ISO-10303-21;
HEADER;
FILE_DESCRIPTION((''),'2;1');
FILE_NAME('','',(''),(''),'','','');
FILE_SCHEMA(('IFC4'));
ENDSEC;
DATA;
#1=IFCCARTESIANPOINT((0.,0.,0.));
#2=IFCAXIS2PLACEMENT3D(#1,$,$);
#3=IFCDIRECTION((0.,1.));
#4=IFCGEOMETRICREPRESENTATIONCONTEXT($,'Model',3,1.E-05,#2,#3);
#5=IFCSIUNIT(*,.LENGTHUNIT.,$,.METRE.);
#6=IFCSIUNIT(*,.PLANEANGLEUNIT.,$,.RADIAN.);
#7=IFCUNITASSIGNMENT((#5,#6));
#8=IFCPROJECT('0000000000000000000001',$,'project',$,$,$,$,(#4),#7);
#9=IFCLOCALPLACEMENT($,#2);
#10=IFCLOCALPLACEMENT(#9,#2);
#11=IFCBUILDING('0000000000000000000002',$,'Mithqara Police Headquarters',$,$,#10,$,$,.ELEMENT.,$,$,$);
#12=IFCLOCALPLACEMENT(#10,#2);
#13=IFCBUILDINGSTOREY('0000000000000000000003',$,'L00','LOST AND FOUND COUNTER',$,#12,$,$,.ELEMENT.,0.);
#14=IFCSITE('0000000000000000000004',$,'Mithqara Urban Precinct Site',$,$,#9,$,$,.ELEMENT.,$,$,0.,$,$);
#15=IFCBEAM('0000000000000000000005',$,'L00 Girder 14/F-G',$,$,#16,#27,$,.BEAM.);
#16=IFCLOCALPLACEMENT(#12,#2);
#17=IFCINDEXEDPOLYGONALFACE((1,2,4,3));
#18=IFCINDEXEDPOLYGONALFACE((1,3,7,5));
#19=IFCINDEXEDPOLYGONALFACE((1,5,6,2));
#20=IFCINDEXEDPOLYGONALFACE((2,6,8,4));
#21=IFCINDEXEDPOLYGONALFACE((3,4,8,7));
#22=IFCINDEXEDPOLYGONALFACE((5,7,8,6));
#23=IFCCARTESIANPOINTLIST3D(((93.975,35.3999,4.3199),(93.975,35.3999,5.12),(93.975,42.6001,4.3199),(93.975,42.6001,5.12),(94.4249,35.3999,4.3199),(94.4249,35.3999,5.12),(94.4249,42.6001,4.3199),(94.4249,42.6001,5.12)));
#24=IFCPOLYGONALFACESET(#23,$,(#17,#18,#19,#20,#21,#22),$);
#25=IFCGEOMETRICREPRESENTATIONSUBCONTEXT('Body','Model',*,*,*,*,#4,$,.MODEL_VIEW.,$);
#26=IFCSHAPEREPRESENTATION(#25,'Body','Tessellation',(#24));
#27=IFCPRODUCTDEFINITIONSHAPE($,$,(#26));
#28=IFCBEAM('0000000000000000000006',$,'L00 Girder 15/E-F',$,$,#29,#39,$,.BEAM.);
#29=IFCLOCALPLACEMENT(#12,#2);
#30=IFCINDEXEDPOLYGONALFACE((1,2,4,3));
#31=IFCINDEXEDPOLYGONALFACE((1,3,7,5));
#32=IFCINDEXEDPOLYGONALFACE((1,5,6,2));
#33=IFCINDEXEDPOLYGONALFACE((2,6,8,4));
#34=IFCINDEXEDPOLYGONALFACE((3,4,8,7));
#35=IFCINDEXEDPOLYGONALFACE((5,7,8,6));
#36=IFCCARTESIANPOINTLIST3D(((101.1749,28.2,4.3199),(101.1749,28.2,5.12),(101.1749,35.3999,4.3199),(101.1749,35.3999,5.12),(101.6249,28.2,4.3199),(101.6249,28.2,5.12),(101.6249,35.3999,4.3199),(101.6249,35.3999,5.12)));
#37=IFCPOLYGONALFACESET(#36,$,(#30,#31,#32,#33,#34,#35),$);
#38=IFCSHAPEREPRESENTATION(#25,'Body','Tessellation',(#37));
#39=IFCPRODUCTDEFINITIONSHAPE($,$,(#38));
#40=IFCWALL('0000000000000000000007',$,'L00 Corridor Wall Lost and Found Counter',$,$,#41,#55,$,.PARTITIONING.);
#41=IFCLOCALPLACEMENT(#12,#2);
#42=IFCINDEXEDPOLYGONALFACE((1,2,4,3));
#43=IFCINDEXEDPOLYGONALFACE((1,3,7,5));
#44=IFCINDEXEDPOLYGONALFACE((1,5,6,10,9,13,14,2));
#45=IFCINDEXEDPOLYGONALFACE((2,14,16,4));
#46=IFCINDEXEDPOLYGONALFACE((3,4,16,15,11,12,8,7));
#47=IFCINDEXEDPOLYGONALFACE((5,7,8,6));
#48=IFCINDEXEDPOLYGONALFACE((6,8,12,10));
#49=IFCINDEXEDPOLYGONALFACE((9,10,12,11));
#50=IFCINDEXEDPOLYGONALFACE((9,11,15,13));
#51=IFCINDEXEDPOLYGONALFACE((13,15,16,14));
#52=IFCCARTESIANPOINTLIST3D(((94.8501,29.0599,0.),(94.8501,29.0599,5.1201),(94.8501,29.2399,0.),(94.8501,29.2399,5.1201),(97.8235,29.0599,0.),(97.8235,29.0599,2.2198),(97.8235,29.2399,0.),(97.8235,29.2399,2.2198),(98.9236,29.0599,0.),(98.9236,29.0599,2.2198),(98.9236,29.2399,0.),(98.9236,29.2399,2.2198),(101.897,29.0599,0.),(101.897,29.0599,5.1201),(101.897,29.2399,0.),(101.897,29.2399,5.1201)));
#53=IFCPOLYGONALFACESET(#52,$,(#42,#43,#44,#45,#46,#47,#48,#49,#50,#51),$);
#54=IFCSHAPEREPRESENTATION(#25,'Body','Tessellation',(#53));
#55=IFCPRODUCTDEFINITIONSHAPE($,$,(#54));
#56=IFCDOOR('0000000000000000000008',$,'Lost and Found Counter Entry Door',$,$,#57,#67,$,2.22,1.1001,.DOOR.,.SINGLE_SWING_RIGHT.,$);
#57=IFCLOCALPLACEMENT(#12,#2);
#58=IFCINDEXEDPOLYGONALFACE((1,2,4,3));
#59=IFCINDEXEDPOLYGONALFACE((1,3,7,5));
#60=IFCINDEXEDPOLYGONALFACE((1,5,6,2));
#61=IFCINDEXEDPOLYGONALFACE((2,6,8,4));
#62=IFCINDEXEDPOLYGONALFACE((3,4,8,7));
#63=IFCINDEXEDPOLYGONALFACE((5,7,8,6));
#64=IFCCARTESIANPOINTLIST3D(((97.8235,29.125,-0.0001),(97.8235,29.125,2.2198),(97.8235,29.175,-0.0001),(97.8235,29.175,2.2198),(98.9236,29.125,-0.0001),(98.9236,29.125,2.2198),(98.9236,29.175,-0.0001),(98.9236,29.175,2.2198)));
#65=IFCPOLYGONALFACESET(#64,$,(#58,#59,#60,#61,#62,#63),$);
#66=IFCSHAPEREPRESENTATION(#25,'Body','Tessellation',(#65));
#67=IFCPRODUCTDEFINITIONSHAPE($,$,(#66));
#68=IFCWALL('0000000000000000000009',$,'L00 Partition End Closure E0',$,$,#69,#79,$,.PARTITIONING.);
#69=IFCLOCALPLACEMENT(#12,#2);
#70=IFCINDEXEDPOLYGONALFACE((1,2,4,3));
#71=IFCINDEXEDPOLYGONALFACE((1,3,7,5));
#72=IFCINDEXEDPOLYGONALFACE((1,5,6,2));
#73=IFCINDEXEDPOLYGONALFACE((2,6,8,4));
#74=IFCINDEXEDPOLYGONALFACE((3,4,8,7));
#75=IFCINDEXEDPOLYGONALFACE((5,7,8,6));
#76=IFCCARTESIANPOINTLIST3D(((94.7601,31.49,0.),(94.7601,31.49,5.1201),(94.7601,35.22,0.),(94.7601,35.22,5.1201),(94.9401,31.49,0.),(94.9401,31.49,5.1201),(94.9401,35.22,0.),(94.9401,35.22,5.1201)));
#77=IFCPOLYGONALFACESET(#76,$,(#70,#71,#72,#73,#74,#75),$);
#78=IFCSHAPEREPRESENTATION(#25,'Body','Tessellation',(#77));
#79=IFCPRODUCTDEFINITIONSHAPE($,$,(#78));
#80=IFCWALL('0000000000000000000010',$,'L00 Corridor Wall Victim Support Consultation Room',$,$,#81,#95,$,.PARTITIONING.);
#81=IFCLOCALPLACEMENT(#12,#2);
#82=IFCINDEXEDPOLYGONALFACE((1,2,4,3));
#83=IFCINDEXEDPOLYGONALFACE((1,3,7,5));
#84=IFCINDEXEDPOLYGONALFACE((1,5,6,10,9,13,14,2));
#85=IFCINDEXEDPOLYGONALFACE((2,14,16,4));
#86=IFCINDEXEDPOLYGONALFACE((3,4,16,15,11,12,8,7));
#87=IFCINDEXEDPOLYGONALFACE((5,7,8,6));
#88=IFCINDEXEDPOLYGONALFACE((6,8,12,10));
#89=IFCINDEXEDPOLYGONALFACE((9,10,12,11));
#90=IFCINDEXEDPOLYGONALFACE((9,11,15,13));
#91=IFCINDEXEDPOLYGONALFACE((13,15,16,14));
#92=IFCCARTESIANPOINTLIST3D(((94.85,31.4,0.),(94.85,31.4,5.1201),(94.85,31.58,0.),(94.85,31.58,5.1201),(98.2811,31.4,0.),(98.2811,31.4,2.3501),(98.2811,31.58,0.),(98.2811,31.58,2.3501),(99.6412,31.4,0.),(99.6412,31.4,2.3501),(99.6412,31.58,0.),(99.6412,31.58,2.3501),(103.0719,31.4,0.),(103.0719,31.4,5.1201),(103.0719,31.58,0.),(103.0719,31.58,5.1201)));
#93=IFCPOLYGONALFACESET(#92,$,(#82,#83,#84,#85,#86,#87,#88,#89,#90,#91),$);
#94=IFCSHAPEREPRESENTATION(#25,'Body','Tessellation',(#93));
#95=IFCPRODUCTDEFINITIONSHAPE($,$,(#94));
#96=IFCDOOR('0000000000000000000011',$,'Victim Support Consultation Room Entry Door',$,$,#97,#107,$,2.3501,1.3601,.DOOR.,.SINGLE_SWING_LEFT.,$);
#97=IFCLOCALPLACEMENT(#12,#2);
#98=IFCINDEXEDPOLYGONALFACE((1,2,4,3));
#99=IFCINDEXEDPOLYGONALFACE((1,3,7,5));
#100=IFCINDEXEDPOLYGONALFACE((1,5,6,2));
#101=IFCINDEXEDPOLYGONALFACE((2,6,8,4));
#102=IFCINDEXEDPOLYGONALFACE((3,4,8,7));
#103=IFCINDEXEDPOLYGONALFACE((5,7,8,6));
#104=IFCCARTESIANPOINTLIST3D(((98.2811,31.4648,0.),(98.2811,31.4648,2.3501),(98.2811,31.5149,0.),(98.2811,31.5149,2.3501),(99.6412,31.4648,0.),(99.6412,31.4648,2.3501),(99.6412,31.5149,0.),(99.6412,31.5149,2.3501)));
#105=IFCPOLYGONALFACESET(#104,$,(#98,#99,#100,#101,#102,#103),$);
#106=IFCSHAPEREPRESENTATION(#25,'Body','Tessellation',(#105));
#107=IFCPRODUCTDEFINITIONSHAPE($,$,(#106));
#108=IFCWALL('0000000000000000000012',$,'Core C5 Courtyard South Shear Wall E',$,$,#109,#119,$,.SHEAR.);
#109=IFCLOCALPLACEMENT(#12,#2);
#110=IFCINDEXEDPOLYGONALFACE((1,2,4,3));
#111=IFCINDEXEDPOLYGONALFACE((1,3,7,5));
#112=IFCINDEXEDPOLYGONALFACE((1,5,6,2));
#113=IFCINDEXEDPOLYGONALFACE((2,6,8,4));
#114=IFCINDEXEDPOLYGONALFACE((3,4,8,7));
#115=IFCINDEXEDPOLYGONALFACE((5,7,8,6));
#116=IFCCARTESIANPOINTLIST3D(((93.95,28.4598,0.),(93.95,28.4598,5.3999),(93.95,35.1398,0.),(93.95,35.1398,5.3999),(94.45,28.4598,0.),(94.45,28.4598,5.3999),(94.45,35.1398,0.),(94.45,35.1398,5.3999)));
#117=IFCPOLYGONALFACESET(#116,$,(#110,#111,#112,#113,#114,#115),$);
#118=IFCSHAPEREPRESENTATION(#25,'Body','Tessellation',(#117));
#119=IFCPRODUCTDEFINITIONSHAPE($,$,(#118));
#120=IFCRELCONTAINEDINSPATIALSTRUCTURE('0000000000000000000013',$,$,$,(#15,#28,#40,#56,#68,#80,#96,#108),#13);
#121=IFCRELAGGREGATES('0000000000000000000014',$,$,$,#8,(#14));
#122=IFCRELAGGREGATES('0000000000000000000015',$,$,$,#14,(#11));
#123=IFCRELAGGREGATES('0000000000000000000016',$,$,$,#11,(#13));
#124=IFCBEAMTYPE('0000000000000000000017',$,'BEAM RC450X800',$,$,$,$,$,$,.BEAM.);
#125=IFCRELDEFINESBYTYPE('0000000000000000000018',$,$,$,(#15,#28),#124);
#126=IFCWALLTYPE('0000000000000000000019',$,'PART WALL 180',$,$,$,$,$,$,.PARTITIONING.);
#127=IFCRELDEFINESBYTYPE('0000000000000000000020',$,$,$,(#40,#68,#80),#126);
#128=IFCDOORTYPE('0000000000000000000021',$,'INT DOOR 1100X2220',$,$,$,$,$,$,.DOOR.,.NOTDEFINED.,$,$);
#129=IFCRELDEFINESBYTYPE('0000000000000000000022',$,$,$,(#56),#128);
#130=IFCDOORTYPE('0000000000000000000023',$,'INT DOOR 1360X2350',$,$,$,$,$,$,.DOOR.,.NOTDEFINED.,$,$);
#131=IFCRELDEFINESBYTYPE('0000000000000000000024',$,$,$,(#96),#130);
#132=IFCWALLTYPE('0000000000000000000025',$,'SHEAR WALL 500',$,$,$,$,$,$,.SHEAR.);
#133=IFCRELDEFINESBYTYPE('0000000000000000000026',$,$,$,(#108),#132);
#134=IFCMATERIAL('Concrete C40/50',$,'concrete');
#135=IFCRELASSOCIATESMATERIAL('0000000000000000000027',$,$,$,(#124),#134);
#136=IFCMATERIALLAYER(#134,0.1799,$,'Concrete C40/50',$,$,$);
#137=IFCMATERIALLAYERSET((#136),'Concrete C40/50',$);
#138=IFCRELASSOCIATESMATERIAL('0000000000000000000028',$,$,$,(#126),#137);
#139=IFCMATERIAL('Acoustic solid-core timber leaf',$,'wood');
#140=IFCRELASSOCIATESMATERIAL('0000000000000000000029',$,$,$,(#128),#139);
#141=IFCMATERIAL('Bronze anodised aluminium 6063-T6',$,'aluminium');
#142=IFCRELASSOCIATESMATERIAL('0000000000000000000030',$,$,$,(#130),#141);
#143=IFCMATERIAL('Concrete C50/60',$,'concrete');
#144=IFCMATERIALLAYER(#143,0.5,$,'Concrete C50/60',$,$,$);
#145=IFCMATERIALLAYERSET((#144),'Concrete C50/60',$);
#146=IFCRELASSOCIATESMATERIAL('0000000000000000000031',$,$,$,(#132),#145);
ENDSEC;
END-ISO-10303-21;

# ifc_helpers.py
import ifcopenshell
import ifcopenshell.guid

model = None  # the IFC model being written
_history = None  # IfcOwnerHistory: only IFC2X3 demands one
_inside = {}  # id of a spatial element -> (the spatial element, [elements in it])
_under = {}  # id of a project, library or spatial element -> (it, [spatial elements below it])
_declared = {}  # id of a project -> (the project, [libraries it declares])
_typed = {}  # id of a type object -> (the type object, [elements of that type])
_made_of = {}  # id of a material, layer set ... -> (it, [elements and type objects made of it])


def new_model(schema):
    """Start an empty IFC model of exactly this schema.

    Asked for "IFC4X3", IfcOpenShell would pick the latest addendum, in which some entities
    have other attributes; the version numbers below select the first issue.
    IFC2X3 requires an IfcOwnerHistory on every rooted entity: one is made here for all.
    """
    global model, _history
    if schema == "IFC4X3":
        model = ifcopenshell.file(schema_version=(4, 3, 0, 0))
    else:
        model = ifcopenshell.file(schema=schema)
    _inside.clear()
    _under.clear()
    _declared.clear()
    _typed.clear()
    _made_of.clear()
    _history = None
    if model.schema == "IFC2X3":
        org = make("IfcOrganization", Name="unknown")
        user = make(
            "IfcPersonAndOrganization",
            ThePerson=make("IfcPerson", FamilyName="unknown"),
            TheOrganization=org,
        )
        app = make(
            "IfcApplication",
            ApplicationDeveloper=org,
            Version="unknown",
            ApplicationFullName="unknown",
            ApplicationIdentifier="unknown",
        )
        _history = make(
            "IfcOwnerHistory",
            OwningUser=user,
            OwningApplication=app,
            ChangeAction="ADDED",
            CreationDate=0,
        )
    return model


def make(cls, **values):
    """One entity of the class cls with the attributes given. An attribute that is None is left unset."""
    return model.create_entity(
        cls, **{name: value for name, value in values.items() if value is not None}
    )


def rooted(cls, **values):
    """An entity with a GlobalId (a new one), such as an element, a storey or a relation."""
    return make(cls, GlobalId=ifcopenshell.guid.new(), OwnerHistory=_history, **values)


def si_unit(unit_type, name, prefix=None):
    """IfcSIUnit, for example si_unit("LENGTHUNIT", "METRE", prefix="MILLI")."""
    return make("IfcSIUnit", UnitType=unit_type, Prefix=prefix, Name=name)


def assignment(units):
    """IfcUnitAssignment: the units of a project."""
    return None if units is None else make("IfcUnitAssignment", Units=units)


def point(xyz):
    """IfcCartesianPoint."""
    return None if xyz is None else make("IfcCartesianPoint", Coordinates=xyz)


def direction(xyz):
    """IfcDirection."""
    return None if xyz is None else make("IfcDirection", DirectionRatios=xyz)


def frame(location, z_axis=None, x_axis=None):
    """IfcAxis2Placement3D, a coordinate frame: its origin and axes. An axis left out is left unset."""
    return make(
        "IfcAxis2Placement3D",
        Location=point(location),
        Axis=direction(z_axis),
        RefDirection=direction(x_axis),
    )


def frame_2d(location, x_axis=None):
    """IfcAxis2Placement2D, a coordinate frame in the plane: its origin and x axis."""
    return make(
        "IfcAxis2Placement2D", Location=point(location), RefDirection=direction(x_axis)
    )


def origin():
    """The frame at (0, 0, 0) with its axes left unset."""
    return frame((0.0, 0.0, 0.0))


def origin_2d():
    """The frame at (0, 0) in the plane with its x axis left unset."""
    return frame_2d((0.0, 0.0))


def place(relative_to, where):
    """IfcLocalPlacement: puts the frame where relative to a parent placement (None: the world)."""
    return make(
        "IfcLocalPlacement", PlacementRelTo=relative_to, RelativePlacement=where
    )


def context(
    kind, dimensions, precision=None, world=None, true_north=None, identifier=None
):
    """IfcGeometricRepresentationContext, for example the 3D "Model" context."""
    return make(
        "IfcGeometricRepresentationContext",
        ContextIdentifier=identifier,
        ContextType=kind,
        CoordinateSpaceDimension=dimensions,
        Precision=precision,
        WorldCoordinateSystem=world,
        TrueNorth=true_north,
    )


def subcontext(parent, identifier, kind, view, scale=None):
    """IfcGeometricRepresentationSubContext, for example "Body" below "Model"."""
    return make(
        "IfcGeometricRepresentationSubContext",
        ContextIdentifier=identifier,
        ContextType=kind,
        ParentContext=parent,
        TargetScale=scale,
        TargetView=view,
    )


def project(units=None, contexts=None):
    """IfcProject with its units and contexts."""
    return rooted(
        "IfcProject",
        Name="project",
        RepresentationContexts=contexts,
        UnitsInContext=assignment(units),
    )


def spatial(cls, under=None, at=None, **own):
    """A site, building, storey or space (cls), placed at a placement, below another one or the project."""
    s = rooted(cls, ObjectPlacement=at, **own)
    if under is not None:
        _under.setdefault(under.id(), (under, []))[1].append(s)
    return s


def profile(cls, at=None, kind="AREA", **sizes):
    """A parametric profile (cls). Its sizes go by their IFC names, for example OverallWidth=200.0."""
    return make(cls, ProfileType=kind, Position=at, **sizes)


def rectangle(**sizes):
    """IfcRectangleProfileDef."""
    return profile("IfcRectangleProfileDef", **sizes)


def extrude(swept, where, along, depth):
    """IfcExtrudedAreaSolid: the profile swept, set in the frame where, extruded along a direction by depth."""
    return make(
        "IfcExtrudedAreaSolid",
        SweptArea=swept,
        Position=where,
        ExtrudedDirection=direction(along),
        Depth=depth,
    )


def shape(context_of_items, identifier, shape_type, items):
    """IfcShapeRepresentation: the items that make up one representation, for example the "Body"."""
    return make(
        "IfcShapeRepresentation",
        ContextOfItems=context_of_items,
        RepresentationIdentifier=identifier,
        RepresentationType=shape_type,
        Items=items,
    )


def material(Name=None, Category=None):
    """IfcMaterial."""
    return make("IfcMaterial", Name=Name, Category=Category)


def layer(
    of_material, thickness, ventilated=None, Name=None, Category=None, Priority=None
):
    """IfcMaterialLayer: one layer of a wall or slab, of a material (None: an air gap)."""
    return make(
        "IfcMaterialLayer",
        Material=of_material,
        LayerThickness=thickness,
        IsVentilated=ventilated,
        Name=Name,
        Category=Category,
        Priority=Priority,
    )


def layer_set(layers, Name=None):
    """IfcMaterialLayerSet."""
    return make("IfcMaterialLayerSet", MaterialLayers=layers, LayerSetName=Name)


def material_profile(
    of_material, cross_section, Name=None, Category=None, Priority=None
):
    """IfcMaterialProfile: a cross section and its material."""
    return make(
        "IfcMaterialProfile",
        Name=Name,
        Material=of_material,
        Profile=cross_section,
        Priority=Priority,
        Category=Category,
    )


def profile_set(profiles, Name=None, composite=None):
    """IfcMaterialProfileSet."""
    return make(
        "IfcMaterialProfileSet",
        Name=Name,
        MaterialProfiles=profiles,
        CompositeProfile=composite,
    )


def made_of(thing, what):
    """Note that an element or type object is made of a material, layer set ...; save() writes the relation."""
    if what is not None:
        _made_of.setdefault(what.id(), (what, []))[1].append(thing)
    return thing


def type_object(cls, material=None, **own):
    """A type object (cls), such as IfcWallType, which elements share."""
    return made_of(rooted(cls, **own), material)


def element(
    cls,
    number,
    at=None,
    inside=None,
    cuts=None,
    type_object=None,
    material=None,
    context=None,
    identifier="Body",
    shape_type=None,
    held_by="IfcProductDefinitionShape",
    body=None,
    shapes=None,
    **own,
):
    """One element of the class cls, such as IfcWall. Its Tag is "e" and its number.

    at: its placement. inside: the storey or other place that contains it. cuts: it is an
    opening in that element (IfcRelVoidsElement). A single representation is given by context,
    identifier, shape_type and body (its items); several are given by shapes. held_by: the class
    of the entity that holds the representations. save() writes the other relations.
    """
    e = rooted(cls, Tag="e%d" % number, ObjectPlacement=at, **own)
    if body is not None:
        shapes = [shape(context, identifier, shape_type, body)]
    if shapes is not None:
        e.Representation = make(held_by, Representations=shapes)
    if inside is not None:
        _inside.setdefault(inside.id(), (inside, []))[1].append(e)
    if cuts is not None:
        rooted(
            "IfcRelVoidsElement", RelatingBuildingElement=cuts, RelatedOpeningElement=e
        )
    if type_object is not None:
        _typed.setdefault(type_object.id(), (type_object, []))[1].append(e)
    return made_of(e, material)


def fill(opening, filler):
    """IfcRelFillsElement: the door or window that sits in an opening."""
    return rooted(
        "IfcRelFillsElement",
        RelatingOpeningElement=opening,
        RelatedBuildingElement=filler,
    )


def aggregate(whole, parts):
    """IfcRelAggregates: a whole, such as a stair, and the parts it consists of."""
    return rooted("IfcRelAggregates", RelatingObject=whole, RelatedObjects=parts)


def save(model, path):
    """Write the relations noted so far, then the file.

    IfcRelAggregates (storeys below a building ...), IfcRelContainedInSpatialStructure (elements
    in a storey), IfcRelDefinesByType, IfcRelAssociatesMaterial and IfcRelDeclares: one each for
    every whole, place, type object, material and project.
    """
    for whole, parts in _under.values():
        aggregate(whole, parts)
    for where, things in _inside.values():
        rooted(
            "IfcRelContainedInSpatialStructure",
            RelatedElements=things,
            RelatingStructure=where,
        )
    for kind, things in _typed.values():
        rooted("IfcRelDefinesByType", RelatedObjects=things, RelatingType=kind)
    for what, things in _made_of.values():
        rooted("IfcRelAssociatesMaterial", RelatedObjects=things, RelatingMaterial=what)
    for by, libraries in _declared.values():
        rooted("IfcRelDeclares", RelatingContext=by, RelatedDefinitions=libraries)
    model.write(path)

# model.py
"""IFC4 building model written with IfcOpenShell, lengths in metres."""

from ifc_helpers import new_model, si_unit, direction, frame, frame_2d, origin, origin_2d, place, context, subcontext, project, spatial, rectangle, extrude, material, layer, layer_set, material_profile, profile_set, type_object, element, fill, save


model = new_model("IFC4")

# Units and contexts
model_context = context("Model", 3, precision=1e-05, world=origin(), true_north=direction((0.0, 1.0)))
body_context = subcontext(model_context, "Body", "Model", "MODEL_VIEW")
ifc_project = project(units=[si_unit("LENGTHUNIT", "METRE"), si_unit("PLANEANGLEUNIT", "RADIAN")], contexts=[model_context])

# Site, building, storey
site_placement = place(None, origin())
site = spatial("IfcSite", under=ifc_project, at=site_placement, Name="Mithqara Urban Precinct Site", CompositionType="ELEMENT", RefElevation=0.0)
building_placement = place(site_placement, origin())
building = spatial("IfcBuilding", under=site, at=building_placement, Name="Mithqara Police Headquarters", CompositionType="ELEMENT")
storey_placement = place(building_placement, origin())
storey = spatial("IfcBuildingStorey", under=building, at=storey_placement, Name="L00", Description="LOST AND FOUND COUNTER", CompositionType="ELEMENT", Elevation=0.0)

# Shared definitions
ifc_material_1 = material(Name="Concrete C50/60", Category="concrete")

# Beams
ifc_material_2 = material(Name="Concrete C40/50", Category="concrete")
ifc_material_profile_1 = material_profile(ifc_material_2, rectangle(XDim=0.45, YDim=0.8, at=origin_2d()), Name="RC 450x800")
ifc_profile_set_1 = profile_set([ifc_material_profile_1], Name="Concrete C40/50")
beam_type_1 = type_object("IfcBeamType", Name="BEAM RC450X800", PredefinedType="BEAM", material=ifc_profile_set_1)
beam_1_placement = place(storey_placement, frame((94.2, 35.3999, 4.72), z_axis=(0.0, 1.0, 0.0), x_axis=(-1.0, 0.0, 0.0)))
element("IfcBeam", 1, at=beam_1_placement, inside=storey, type_object=beam_type_1, Name="L00 Girder 14/F-G", PredefinedType="BEAM", context=body_context, shape_type="SweptSolid", body=[
    extrude(rectangle(XDim=0.45, YDim=0.8, at=origin_2d()), origin(), (0.0, 0.0, 1.0), 7.2002),
])
beam_2_placement = place(storey_placement, frame((101.3999, 28.2, 4.72), z_axis=(0.0, 1.0, 0.0), x_axis=(-1.0, 0.0, 0.0)))
element("IfcBeam", 2, at=beam_2_placement, inside=storey, type_object=beam_type_1, Name="L00 Girder 15/E-F", PredefinedType="BEAM", context=body_context, shape_type="SweptSolid", body=[
    extrude(rectangle(XDim=0.45, YDim=0.8, at=origin_2d()), origin(), (0.0, 0.0, 1.0), 7.2),
])

# Wall, opening, door
ifc_layer_1 = layer(ifc_material_2, 0.1799, Name="Concrete C40/50")
ifc_layer_set_1 = layer_set([ifc_layer_1], Name="Concrete C40/50")
wall_type_1 = type_object("IfcWallType", Name="PART WALL 180", PredefinedType="PARTITIONING", material=ifc_layer_set_1)
wall_1_placement = place(storey_placement, frame((94.8501, 29.1499, 0.0), z_axis=(0.0, 0.0, 1.0), x_axis=(1.0, 0.0, 0.0)))
wall_1 = element("IfcWall", 3, at=wall_1_placement, inside=storey, type_object=wall_type_1, Name="L00 Corridor Wall Lost and Found Counter", PredefinedType="PARTITIONING", context=body_context, shape_type="SweptSolid", body=[
    extrude(rectangle(XDim=7.0469, YDim=0.1799, at=frame_2d((3.5234, 0.0))), origin(), (0.0, 0.0, 1.0), 5.1201),
])
opening_1_placement = place(wall_1_placement, frame((2.9734, 0.0, 0.0)))
opening_1 = element("IfcOpeningElement", 4, at=opening_1_placement, cuts=wall_1, PredefinedType="OPENING", context=body_context, shape_type="SweptSolid", body=[
    extrude(rectangle(XDim=1.1001, YDim=2.22, at=frame_2d((0.55, 1.1099))), frame((0.0, 0.1001, 0.0), z_axis=(0.0, -1.0, 0.0), x_axis=(1.0, 0.0, 0.0)), (0.0, 0.0, 1.0), 0.2),
])
ifc_material_3 = material(Name="Acoustic solid-core timber leaf", Category="wood")
door_type_1 = type_object("IfcDoorType", Name="INT DOOR 1100X2220", OperationType="NOTDEFINED", PredefinedType="DOOR", material=ifc_material_3)
door_1_placement = place(opening_1_placement, frame((1.1001, 0.0, 0.0), z_axis=(0.0, 0.0, 1.0), x_axis=(-1.0, 0.0, 0.0)))
door_1 = element("IfcDoor", 5, at=door_1_placement, inside=storey, type_object=door_type_1, Name="Lost and Found Counter Entry Door", OperationType="SINGLE_SWING_RIGHT", OverallHeight=2.22, OverallWidth=1.1001, PredefinedType="DOOR", context=body_context, shape_type="SweptSolid", body=[
    extrude(rectangle(XDim=1.1001, YDim=2.22, at=frame_2d((0.55, 1.1099))), frame((0.0, 0.0249, 0.0), z_axis=(0.0, -1.0, 0.0), x_axis=(1.0, 0.0, 0.0)), (0.0, 0.0, 1.0), 0.05),
])
fill(opening_1, door_1)

# Wall
wall_2_placement = place(storey_placement, frame((94.8501, 31.49, 0.0), z_axis=(0.0, 0.0, 1.0), x_axis=(0.0, 1.0, 0.0)))
element("IfcWall", 6, at=wall_2_placement, inside=storey, type_object=wall_type_1, Name="L00 Partition End Closure E0", PredefinedType="PARTITIONING", context=body_context, shape_type="SweptSolid", body=[
    extrude(rectangle(XDim=3.73, YDim=0.1799, at=frame_2d((1.865, 0.0))), origin(), (0.0, 0.0, 1.0), 5.1201),
])

# Wall, opening, door
wall_3_placement = place(storey_placement, frame((94.8501, 31.49, 0.0), z_axis=(0.0, 0.0, 1.0), x_axis=(1.0, 0.0, 0.0)))
wall_3 = element("IfcWall", 7, at=wall_3_placement, inside=storey, type_object=wall_type_1, Name="L00 Corridor Wall Victim Support Consultation Room", PredefinedType="PARTITIONING", context=body_context, shape_type="SweptSolid", body=[
    extrude(rectangle(XDim=8.2219, YDim=0.1799, at=frame_2d((4.1108, 0.0))), origin(), (0.0, 0.0, 1.0), 5.1201),
])
opening_2_placement = place(wall_3_placement, frame((3.4309, 0.0, 0.0)))
opening_2 = element("IfcOpeningElement", 8, at=opening_2_placement, cuts=wall_3, PredefinedType="OPENING", context=body_context, shape_type="SweptSolid", body=[
    extrude(rectangle(XDim=1.3601, YDim=2.3501, at=frame_2d((0.6802, 1.175))), frame((0.0, 0.1001, 0.0), z_axis=(0.0, -1.0, 0.0), x_axis=(1.0, 0.0, 0.0)), (0.0, 0.0, 1.0), 0.2),
])
ifc_material_4 = material(Name="Bronze anodised aluminium 6063-T6", Category="aluminium")
door_type_2 = type_object("IfcDoorType", Name="INT DOOR 1360X2350", OperationType="NOTDEFINED", PredefinedType="DOOR", material=ifc_material_4)
door_2_placement = place(opening_2_placement, origin())
door_2 = element("IfcDoor", 9, at=door_2_placement, inside=storey, type_object=door_type_2, Name="Victim Support Consultation Room Entry Door", OperationType="SINGLE_SWING_LEFT", OverallHeight=2.3501, OverallWidth=1.3601, PredefinedType="DOOR", context=body_context, shape_type="SweptSolid", body=[
    extrude(rectangle(XDim=1.3601, YDim=2.3501, at=frame_2d((0.6802, 1.175))), frame((0.0, 0.0249, 0.0), z_axis=(0.0, -1.0, 0.0), x_axis=(1.0, 0.0, 0.0)), (0.0, 0.0, 1.0), 0.05),
])
fill(opening_2, door_2)

# Wall
ifc_layer_2 = layer(ifc_material_1, 0.5, Name="Concrete C50/60")
ifc_layer_set_2 = layer_set([ifc_layer_2], Name="Concrete C50/60")
wall_type_2 = type_object("IfcWallType", Name="SHEAR WALL 500", PredefinedType="SHEAR", material=ifc_layer_set_2)
wall_4_placement = place(storey_placement, frame((94.2, 28.46, 0.0), z_axis=(0.0, 0.0, 1.0), x_axis=(0.0, 1.0, 0.0)))
element("IfcWall", 10, at=wall_4_placement, inside=storey, type_object=wall_type_2, Name="Core C5 Courtyard South Shear Wall E", PredefinedType="SHEAR", context=body_context, shape_type="SweptSolid", body=[
    extrude(rectangle(XDim=6.6799, YDim=0.5, at=frame_2d((3.3398, 0.0))), origin(), (0.0, 0.0, 1.0), 5.3999),
])

save(model, "model.ifc")
